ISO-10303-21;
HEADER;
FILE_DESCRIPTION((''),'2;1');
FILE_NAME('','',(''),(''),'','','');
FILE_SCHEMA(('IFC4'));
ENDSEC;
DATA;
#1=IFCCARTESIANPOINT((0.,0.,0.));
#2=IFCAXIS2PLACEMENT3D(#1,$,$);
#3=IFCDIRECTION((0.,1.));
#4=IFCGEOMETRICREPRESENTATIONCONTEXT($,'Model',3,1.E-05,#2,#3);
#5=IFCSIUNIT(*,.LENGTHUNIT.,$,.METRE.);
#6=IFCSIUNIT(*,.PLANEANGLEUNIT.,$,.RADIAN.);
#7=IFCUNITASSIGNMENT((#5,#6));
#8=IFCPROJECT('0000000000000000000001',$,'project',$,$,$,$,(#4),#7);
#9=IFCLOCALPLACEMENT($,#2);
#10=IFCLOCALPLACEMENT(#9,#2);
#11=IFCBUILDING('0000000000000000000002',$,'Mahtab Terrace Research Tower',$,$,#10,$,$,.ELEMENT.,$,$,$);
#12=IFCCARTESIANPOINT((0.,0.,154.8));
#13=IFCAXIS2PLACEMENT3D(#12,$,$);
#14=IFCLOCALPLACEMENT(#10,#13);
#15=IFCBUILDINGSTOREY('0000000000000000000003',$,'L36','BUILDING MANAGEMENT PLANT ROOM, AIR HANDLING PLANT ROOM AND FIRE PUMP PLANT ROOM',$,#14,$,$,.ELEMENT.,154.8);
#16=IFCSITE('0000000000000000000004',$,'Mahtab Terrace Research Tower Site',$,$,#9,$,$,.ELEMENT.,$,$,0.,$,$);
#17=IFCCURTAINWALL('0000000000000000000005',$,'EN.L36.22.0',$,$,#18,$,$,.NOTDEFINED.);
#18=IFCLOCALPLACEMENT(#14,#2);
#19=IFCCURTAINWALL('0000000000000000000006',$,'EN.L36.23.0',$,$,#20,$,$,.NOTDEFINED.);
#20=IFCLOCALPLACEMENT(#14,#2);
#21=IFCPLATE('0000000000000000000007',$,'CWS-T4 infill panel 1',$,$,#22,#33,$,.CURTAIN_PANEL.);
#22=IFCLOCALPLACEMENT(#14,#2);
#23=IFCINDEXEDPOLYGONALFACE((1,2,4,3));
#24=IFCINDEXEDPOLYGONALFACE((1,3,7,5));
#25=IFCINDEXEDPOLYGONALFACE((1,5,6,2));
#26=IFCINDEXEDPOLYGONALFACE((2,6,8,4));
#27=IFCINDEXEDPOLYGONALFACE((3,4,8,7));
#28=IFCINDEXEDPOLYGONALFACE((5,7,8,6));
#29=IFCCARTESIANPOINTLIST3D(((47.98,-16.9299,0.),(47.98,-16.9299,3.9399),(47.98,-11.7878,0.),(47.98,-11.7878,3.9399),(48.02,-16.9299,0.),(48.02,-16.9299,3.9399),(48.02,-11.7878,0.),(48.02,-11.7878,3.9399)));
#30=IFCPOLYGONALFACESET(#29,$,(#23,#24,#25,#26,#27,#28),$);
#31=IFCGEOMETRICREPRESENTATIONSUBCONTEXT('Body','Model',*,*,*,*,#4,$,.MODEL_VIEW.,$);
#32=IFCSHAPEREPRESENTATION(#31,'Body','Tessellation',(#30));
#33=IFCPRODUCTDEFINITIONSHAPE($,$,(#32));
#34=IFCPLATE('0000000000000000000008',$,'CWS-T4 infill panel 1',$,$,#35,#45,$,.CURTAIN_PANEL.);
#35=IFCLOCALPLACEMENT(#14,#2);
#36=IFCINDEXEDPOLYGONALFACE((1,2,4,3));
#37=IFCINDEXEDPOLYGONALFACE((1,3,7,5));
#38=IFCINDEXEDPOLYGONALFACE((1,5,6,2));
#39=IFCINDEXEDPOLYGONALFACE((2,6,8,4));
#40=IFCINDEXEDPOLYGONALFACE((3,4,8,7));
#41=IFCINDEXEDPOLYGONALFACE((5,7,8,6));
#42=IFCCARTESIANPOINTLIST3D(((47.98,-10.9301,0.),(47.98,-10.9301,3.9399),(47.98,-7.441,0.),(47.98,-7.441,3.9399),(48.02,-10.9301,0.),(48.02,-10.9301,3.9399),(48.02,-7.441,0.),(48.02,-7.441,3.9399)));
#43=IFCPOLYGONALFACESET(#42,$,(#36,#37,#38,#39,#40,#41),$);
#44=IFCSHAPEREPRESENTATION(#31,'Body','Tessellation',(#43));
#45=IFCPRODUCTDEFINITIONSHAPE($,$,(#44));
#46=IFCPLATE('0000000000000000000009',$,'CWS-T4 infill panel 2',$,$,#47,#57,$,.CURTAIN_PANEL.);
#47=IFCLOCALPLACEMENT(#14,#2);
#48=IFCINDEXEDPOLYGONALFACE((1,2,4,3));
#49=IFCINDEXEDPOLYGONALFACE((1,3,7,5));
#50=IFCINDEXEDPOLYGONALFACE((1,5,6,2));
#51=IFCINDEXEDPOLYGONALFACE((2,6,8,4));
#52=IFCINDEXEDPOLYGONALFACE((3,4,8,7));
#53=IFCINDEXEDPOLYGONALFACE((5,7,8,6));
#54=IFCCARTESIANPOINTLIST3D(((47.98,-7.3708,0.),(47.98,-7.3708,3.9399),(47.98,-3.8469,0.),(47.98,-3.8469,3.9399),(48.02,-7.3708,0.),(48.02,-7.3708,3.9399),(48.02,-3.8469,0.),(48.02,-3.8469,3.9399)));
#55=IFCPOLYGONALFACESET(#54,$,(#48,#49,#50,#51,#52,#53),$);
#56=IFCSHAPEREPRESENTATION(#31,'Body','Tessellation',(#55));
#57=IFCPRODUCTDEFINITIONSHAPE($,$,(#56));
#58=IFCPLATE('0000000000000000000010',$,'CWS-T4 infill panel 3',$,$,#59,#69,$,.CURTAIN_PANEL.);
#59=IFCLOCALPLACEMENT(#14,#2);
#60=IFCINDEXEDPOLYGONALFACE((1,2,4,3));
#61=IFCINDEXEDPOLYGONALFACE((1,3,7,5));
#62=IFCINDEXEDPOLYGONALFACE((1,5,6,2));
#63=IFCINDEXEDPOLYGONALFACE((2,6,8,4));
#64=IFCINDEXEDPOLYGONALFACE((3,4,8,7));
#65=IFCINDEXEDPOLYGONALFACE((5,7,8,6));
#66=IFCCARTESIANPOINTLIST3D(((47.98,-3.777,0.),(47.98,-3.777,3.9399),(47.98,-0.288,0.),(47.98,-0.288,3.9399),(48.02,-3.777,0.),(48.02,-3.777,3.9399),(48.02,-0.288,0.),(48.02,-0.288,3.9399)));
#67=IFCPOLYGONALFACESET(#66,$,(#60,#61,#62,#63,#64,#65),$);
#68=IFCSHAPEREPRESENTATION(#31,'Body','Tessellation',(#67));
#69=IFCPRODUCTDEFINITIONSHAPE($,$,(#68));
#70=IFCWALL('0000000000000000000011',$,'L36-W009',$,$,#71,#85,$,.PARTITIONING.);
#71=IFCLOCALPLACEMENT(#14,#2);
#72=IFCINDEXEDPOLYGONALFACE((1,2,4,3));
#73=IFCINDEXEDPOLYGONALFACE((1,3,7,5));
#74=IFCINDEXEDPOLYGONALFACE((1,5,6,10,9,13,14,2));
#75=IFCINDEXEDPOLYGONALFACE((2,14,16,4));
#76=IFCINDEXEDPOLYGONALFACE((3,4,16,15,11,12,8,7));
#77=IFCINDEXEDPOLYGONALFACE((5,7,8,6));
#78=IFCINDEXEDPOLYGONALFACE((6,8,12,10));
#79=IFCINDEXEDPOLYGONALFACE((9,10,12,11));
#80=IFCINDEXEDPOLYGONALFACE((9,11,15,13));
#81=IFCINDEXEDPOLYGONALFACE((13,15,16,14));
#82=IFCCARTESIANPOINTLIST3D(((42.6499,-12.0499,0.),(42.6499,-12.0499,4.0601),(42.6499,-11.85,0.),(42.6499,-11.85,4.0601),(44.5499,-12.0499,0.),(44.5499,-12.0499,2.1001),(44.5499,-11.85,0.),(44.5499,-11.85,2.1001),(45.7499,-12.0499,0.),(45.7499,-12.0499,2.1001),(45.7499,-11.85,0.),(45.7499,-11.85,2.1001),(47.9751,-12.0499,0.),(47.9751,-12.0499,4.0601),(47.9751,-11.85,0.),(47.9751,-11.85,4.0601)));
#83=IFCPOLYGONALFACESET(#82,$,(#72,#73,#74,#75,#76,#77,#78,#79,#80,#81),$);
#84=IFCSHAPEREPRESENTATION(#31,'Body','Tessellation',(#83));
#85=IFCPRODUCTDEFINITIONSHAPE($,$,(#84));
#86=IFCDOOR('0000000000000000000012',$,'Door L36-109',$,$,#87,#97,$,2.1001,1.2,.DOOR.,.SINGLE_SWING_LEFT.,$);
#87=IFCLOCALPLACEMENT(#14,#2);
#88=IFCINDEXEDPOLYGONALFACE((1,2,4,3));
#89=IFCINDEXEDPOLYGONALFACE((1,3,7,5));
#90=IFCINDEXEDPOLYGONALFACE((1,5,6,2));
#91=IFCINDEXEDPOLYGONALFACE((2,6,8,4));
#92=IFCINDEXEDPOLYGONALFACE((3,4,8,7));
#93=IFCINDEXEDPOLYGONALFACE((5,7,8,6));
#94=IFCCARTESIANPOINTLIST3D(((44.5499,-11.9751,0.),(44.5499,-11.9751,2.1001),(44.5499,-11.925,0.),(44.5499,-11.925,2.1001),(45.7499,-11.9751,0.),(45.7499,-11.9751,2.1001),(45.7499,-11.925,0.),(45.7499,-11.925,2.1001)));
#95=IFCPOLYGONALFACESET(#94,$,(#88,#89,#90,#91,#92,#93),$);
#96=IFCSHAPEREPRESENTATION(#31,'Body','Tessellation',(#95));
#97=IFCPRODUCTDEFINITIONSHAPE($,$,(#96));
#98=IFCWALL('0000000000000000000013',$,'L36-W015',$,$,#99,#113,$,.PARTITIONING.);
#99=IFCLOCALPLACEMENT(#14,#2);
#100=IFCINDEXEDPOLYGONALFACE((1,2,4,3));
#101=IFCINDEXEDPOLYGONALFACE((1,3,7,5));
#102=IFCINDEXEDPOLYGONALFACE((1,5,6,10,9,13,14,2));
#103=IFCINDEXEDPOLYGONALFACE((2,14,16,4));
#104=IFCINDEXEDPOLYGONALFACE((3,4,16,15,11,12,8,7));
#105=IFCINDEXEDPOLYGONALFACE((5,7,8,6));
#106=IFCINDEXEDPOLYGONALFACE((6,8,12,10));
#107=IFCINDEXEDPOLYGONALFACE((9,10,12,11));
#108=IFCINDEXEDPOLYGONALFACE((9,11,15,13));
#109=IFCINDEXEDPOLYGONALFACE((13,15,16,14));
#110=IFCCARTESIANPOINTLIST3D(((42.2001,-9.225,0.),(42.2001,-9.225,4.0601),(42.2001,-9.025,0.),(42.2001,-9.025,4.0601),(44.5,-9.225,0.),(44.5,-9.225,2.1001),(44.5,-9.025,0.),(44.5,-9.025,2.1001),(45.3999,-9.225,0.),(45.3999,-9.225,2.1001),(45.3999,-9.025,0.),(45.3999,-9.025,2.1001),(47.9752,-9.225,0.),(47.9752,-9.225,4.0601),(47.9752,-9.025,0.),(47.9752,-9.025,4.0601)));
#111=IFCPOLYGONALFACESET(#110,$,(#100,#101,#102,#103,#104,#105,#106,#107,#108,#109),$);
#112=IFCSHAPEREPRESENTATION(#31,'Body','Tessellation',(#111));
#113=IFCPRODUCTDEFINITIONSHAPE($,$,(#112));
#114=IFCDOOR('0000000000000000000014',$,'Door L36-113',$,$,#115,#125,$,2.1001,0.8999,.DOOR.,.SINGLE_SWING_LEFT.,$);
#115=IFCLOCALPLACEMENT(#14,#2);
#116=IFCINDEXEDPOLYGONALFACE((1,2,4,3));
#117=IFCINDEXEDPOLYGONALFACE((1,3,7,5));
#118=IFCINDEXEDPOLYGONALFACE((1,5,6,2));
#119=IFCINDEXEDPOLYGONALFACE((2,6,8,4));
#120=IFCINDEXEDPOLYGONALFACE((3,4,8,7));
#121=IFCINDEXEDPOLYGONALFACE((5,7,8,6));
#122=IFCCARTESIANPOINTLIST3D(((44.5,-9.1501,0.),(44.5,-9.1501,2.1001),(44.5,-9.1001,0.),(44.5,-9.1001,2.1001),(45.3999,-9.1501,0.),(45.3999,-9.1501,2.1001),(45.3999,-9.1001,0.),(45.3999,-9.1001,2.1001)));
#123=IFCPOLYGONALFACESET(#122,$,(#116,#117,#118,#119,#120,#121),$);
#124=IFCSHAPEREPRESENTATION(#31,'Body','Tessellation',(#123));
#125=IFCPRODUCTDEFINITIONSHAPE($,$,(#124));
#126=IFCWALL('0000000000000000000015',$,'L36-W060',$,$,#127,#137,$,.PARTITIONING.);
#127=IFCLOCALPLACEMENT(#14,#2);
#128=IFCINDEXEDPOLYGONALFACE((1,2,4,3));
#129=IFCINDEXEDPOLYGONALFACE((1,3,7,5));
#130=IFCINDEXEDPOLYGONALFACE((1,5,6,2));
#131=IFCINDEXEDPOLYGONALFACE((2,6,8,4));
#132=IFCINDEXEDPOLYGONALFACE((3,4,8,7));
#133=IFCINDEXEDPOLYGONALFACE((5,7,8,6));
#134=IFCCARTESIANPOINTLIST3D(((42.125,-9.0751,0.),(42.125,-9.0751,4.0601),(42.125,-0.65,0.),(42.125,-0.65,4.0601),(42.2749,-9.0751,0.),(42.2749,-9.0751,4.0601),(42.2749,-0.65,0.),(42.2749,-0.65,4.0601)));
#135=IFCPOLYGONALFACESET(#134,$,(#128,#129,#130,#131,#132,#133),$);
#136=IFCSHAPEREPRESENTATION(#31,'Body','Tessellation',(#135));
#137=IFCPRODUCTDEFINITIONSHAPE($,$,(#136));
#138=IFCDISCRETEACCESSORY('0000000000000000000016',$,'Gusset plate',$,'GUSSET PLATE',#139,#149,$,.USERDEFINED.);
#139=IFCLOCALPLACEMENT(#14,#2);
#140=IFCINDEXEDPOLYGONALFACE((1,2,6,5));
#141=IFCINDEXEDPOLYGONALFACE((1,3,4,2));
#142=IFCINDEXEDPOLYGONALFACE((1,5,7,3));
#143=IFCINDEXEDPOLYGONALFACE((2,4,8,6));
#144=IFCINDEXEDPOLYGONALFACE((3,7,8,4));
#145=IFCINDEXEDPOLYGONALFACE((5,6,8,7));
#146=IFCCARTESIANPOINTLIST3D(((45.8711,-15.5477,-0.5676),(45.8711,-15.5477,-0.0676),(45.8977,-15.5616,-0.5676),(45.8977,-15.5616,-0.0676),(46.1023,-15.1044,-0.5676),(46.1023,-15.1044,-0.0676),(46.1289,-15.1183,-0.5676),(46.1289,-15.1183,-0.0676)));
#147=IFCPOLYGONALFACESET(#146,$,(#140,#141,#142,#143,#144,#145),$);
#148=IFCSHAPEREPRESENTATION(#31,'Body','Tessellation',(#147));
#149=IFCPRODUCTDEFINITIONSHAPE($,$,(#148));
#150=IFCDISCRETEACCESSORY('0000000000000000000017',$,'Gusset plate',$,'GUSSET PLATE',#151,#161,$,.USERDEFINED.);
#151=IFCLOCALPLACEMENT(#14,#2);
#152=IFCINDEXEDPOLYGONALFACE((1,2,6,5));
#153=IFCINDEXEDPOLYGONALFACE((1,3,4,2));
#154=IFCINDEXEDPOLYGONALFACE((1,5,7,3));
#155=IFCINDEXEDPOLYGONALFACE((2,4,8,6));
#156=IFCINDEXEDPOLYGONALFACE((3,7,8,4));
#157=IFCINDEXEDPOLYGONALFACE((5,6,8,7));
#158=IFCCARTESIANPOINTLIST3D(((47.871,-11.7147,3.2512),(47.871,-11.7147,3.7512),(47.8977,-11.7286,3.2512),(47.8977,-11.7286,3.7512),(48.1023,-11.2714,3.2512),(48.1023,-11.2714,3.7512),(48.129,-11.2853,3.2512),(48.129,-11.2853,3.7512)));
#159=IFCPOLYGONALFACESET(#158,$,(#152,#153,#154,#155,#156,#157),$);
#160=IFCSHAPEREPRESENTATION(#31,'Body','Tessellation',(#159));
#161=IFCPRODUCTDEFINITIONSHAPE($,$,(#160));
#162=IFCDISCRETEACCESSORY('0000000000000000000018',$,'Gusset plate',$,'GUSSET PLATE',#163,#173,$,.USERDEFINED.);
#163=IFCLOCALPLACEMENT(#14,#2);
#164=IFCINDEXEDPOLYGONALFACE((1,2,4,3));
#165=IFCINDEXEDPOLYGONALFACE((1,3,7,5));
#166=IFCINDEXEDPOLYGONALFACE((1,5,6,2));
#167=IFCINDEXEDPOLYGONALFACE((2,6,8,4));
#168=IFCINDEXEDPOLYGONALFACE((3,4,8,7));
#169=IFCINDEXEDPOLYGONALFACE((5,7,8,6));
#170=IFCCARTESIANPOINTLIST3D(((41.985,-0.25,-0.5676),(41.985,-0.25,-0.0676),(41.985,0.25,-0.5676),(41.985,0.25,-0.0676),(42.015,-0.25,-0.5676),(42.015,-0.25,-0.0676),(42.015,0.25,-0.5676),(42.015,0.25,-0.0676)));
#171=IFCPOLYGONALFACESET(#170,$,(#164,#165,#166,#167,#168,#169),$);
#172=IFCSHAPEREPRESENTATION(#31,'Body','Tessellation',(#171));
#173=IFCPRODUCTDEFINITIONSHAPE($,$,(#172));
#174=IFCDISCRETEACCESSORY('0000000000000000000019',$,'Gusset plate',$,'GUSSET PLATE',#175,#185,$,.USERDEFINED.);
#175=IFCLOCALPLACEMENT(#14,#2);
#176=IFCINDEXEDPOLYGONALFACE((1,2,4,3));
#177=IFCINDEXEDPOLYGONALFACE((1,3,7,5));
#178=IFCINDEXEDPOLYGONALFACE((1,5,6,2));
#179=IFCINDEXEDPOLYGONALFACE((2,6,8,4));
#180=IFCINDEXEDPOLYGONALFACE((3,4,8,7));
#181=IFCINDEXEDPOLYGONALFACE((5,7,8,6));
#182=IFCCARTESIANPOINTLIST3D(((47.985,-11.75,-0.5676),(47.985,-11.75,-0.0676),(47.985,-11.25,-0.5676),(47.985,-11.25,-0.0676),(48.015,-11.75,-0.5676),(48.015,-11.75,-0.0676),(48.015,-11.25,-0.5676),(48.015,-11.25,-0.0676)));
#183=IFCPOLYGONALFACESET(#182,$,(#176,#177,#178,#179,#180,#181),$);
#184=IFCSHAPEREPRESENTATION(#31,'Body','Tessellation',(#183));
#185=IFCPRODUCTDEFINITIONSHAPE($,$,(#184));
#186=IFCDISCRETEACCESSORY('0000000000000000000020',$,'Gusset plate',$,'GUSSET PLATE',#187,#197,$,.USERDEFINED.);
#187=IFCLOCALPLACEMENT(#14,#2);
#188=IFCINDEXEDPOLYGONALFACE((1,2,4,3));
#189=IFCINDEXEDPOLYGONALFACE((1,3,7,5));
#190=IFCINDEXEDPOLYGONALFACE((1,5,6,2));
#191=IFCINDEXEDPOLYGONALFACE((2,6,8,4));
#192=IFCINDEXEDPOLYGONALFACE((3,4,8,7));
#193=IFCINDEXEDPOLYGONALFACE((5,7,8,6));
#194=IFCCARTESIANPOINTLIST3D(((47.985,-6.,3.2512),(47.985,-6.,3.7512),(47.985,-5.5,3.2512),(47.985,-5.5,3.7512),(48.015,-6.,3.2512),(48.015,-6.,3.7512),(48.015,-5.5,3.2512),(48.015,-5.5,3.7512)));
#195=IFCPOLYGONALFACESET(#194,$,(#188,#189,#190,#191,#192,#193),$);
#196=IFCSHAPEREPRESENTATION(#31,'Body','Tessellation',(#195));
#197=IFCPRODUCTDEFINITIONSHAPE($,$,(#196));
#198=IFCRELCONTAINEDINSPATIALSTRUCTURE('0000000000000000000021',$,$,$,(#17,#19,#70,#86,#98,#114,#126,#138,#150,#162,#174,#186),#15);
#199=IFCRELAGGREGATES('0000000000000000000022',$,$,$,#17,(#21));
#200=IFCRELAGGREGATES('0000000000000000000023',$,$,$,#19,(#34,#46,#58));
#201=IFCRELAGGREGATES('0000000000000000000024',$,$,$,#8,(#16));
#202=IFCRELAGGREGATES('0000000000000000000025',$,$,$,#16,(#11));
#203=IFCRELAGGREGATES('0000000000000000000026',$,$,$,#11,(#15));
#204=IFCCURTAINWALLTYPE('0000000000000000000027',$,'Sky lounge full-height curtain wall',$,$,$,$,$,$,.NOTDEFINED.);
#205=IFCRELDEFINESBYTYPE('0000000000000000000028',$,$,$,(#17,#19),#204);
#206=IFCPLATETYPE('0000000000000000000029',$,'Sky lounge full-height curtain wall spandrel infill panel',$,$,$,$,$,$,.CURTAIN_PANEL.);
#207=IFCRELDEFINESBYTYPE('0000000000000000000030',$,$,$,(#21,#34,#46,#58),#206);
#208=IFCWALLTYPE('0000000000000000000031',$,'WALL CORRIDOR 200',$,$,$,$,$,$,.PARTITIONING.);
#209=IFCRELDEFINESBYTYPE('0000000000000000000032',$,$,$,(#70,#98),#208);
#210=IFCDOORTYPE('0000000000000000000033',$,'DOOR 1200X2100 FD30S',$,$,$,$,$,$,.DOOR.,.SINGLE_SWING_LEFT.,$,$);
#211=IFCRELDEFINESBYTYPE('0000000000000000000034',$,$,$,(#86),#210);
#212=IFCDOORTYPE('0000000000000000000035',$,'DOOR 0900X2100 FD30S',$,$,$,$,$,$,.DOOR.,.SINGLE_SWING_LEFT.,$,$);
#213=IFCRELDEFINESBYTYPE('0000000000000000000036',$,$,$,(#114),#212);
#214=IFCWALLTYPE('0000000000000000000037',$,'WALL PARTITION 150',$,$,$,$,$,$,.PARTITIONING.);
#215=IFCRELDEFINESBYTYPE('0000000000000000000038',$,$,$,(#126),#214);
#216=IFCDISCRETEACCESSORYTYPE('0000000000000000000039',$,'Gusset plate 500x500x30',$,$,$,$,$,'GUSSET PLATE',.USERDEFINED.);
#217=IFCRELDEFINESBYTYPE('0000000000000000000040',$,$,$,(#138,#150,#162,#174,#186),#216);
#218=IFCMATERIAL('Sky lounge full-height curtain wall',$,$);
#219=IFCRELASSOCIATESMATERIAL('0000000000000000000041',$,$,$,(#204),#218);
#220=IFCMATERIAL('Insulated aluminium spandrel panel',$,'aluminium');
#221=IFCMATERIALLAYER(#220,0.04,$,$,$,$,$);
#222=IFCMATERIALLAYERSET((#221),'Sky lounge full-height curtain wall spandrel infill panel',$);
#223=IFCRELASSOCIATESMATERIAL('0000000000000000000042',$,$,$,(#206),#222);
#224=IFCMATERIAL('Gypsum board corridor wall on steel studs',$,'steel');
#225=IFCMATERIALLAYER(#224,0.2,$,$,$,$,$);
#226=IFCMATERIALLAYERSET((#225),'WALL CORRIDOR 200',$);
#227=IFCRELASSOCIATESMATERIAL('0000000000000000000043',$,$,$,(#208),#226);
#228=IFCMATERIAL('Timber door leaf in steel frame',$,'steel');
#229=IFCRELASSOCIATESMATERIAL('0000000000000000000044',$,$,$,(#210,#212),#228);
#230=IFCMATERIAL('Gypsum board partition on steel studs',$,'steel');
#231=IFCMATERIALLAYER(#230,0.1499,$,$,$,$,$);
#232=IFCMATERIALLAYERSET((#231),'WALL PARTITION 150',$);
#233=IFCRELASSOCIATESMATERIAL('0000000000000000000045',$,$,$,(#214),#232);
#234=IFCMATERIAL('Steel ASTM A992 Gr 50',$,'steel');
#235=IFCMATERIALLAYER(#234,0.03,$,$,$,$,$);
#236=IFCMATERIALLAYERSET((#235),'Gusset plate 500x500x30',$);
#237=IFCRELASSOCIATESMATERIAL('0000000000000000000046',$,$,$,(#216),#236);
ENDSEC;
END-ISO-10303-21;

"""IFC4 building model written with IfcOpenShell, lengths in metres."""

from ifc_helpers import new_model, si_unit, direction, frame, frame_2d, origin, origin_2d, place, context, subcontext, project, spatial, rectangle, extrude, material, layer, layer_set, type_object, element, fill, aggregate, save


model = new_model("IFC4")

# Units and contexts
model_context = context("Model", 3, precision=1e-05, world=origin(), true_north=direction((0.0, 1.0)))
body_context = subcontext(model_context, "Body", "Model", "MODEL_VIEW")
ifc_project = project(units=[si_unit("LENGTHUNIT", "METRE"), si_unit("PLANEANGLEUNIT", "RADIAN")], contexts=[model_context])

# Site, building, storey
site_placement = place(None, origin())
site = spatial("IfcSite", under=ifc_project, at=site_placement, Name="Mahtab Terrace Research Tower Site", CompositionType="ELEMENT", RefElevation=0.0)
building_placement = place(site_placement, origin())
building = spatial("IfcBuilding", under=site, at=building_placement, Name="Mahtab Terrace Research Tower", CompositionType="ELEMENT")
storey_placement = place(building_placement, frame((0.0, 0.0, 154.8)))
storey = spatial("IfcBuildingStorey", under=building, at=storey_placement, Name="L36", Description="BUILDING MANAGEMENT PLANT ROOM, AIR HANDLING PLANT ROOM AND FIRE PUMP PLANT ROOM", CompositionType="ELEMENT", Elevation=154.8)

# Shared definitions
ifc_material_1 = material(Name="Steel ASTM A992 Gr 50", Category="steel")

# Curtain walls
ifc_material_2 = material(Name="Sky lounge full-height curtain wall")
curtain_wall_type = type_object("IfcCurtainWallType", Name="Sky lounge full-height curtain wall", PredefinedType="NOTDEFINED", material=ifc_material_2)
curtain_wall_1_placement = place(storey_placement, origin())
curtain_wall_1 = element("IfcCurtainWall", 1, at=curtain_wall_1_placement, inside=storey, type_object=curtain_wall_type, Name="EN.L36.22.0", PredefinedType="NOTDEFINED")
curtain_wall_2_placement = place(storey_placement, origin())
curtain_wall_2 = element("IfcCurtainWall", 2, at=curtain_wall_2_placement, inside=storey, type_object=curtain_wall_type, Name="EN.L36.23.0", PredefinedType="NOTDEFINED")

# Plates
ifc_material_3 = material(Name="Insulated aluminium spandrel panel", Category="aluminium")
ifc_layer_1 = layer(ifc_material_3, 0.04)
ifc_layer_set_1 = layer_set([ifc_layer_1], Name="Sky lounge full-height curtain wall spandrel infill panel")
plate_type = type_object("IfcPlateType", Name="Sky lounge full-height curtain wall spandrel infill panel", PredefinedType="CURTAIN_PANEL", material=ifc_layer_set_1)
plate_1_placement = place(storey_placement, frame((48.0, -14.3589, 0.0), z_axis=(0.0, 0.0, 1.0), x_axis=(0.0, 1.0, 0.0)))
plate_1 = element("IfcPlate", 3, at=plate_1_placement, type_object=plate_type, Name="CWS-T4 infill panel 1", PredefinedType="CURTAIN_PANEL", context=body_context, shape_type="SweptSolid", body=[
    extrude(rectangle(XDim=5.1421, YDim=0.04, at=origin_2d()), origin(), (0.0, 0.0, 1.0), 3.9399),
])
aggregate(curtain_wall_1, [plate_1])
plate_2_placement = place(storey_placement, frame((48.0, -9.1855, 0.0), z_axis=(0.0, 0.0, 1.0), x_axis=(0.0, 1.0, 0.0)))
plate_2 = element("IfcPlate", 4, at=plate_2_placement, type_object=plate_type, Name="CWS-T4 infill panel 1", PredefinedType="CURTAIN_PANEL", context=body_context, shape_type="SweptSolid", body=[
    extrude(rectangle(XDim=3.489, YDim=0.04, at=origin_2d()), origin(), (0.0, 0.0, 1.0), 3.9399),
])
plate_3_placement = place(storey_placement, frame((48.0, -5.6089, 0.0), z_axis=(0.0, 0.0, 1.0), x_axis=(0.0, 1.0, 0.0)))
plate_3 = element("IfcPlate", 5, at=plate_3_placement, type_object=plate_type, Name="CWS-T4 infill panel 2", PredefinedType="CURTAIN_PANEL", context=body_context, shape_type="SweptSolid", body=[
    extrude(rectangle(XDim=3.5239, YDim=0.04, at=origin_2d()), origin(), (0.0, 0.0, 1.0), 3.9399),
])
plate_4_placement = place(storey_placement, frame((48.0, -2.0325, 0.0), z_axis=(0.0, 0.0, 1.0), x_axis=(0.0, 1.0, 0.0)))
plate_4 = element("IfcPlate", 6, at=plate_4_placement, type_object=plate_type, Name="CWS-T4 infill panel 3", PredefinedType="CURTAIN_PANEL", context=body_context, shape_type="SweptSolid", body=[
    extrude(rectangle(XDim=3.489, YDim=0.04, at=origin_2d()), origin(), (0.0, 0.0, 1.0), 3.9399),
])
aggregate(curtain_wall_2, [plate_2, plate_3, plate_4])

# Walls, openings, doors
ifc_material_4 = material(Name="Gypsum board corridor wall on steel studs", Category="steel")
ifc_layer_2 = layer(ifc_material_4, 0.2)
ifc_layer_set_2 = layer_set([ifc_layer_2], Name="WALL CORRIDOR 200")
wall_type_1 = type_object("IfcWallType", Name="WALL CORRIDOR 200", PredefinedType="PARTITIONING", material=ifc_layer_set_2)
wall_1_placement = place(storey_placement, frame((42.6499, -11.95, 0.0), z_axis=(0.0, 0.0, 1.0), x_axis=(1.0, 0.0, 0.0)))
wall_1 = element("IfcWall", 7, at=wall_1_placement, inside=storey, type_object=wall_type_1, Name="L36-W009", PredefinedType="PARTITIONING", context=body_context, shape_type="SweptSolid", body=[
    extrude(rectangle(XDim=5.3252, YDim=0.2, at=frame_2d((2.6626, 0.0))), origin(), (0.0, 0.0, 1.0), 4.0601),
])
opening_1_placement = place(wall_1_placement, frame((1.8999, 0.0, 0.0)))
opening_1 = element("IfcOpeningElement", 8, at=opening_1_placement, cuts=wall_1, PredefinedType="OPENING", context=body_context, shape_type="SweptSolid", body=[
    extrude(rectangle(XDim=1.2, YDim=2.1001, at=frame_2d((0.6001, 1.05))), frame((0.0, 0.1099, 0.0), z_axis=(0.0, -1.0, 0.0), x_axis=(1.0, 0.0, 0.0)), (0.0, 0.0, 1.0), 0.22),
])
ifc_material_5 = material(Name="Timber door leaf in steel frame", Category="steel")
door_type_1 = type_object("IfcDoorType", Name="DOOR 1200X2100 FD30S", OperationType="SINGLE_SWING_LEFT", PredefinedType="DOOR", material=ifc_material_5)
door_1_placement = place(opening_1_placement, origin())
door_1 = element("IfcDoor", 9, at=door_1_placement, inside=storey, type_object=door_type_1, Name="Door L36-109", OperationType="SINGLE_SWING_LEFT", OverallHeight=2.1001, OverallWidth=1.2, PredefinedType="DOOR", context=body_context, shape_type="SweptSolid", body=[
    extrude(rectangle(XDim=1.2, YDim=2.1001, at=frame_2d((0.6001, 1.05))), frame((0.0, 0.0249, 0.0), z_axis=(0.0, -1.0, 0.0), x_axis=(1.0, 0.0, 0.0)), (0.0, 0.0, 1.0), 0.05),
])
fill(opening_1, door_1)
wall_2_placement = place(storey_placement, frame((42.2, -9.125, 0.0), z_axis=(0.0, 0.0, 1.0), x_axis=(1.0, 0.0, 0.0)))
wall_2 = element("IfcWall", 10, at=wall_2_placement, inside=storey, type_object=wall_type_1, Name="L36-W015", PredefinedType="PARTITIONING", context=body_context, shape_type="SweptSolid", body=[
    extrude(rectangle(XDim=5.7751, YDim=0.2, at=frame_2d((2.8877, 0.0))), origin(), (0.0, 0.0, 1.0), 4.0601),
])
opening_2_placement = place(wall_2_placement, frame((2.3, 0.0, 0.0)))
opening_2 = element("IfcOpeningElement", 11, at=opening_2_placement, cuts=wall_2, PredefinedType="OPENING", context=body_context, shape_type="SweptSolid", body=[
    extrude(rectangle(XDim=0.8999, YDim=2.1001, at=frame_2d((0.45, 1.05))), frame((0.0, 0.1099, 0.0), z_axis=(0.0, -1.0, 0.0), x_axis=(1.0, 0.0, 0.0)), (0.0, 0.0, 1.0), 0.22),
])
door_type_2 = type_object("IfcDoorType", Name="DOOR 0900X2100 FD30S", OperationType="SINGLE_SWING_LEFT", PredefinedType="DOOR", material=ifc_material_5)
door_2_placement = place(opening_2_placement, origin())
door_2 = element("IfcDoor", 12, at=door_2_placement, inside=storey, type_object=door_type_2, Name="Door L36-113", OperationType="SINGLE_SWING_LEFT", OverallHeight=2.1001, OverallWidth=0.8999, PredefinedType="DOOR", context=body_context, shape_type="SweptSolid", body=[
    extrude(rectangle(XDim=0.8999, YDim=2.1001, at=frame_2d((0.45, 1.05))), frame((0.0, 0.0249, 0.0), z_axis=(0.0, -1.0, 0.0), x_axis=(1.0, 0.0, 0.0)), (0.0, 0.0, 1.0), 0.05),
])
fill(opening_2, door_2)

# Wall
ifc_material_6 = material(Name="Gypsum board partition on steel studs", Category="steel")
ifc_layer_3 = layer(ifc_material_6, 0.1499)
ifc_layer_set_3 = layer_set([ifc_layer_3], Name="WALL PARTITION 150")
wall_type_2 = type_object("IfcWallType", Name="WALL PARTITION 150", PredefinedType="PARTITIONING", material=ifc_layer_set_3)
wall_3_placement = place(storey_placement, frame((42.2, -9.075, 0.0), z_axis=(0.0, 0.0, 1.0), x_axis=(0.0, 1.0, 0.0)))
element("IfcWall", 13, at=wall_3_placement, inside=storey, type_object=wall_type_2, Name="L36-W060", PredefinedType="PARTITIONING", context=body_context, shape_type="SweptSolid", body=[
    extrude(rectangle(XDim=8.425, YDim=0.1499, at=frame_2d((4.2124, 0.0))), origin(), (0.0, 0.0, 1.0), 4.0601),
])

# Discrete accessories
ifc_layer_4 = layer(ifc_material_1, 0.03)
ifc_layer_set_4 = layer_set([ifc_layer_4], Name="Gusset plate 500x500x30")
discrete_accessory_type = type_object("IfcDiscreteAccessoryType", Name="Gusset plate 500x500x30", ElementType="GUSSET PLATE", PredefinedType="USERDEFINED", material=ifc_layer_set_4)
for number, where, z_axis, x_axis, name in (
    (14, (46.0, -15.333, -0.5676), (0.0, 0.0, 1.0), (0.462507, 0.886616, 0.0), "Gusset plate"),
    (15, (48.0, -11.5, 3.2512), (0.0, 0.0, 1.0), (0.4626, 0.886567, 0.0), "Gusset plate"),
    (16, (42.0, 0.0, -0.5676), (0.0, 0.0, 1.0), (0.0, 1.0, 0.0), "Gusset plate"),
    (17, (48.0, -11.5, -0.5676), (0.0, 0.0, 1.0), (0.0, 1.0, 0.0), "Gusset plate"),
    (18, (48.0, -5.75, 3.2512), (0.0, 0.0, 1.0), (0.0, 1.0, 0.0), "Gusset plate"),
):
    element("IfcDiscreteAccessory", number, at=place(storey_placement, frame(where, z_axis=z_axis, x_axis=x_axis)), inside=storey, type_object=discrete_accessory_type, Name=name, ObjectType="GUSSET PLATE", PredefinedType="USERDEFINED", context=body_context, shape_type="SweptSolid", body=[
        extrude(rectangle(XDim=0.5, YDim=0.03, at=origin_2d()), origin(), (0.0, 0.0, 1.0), 0.5),
    ])

save(model, "model.ifc")
